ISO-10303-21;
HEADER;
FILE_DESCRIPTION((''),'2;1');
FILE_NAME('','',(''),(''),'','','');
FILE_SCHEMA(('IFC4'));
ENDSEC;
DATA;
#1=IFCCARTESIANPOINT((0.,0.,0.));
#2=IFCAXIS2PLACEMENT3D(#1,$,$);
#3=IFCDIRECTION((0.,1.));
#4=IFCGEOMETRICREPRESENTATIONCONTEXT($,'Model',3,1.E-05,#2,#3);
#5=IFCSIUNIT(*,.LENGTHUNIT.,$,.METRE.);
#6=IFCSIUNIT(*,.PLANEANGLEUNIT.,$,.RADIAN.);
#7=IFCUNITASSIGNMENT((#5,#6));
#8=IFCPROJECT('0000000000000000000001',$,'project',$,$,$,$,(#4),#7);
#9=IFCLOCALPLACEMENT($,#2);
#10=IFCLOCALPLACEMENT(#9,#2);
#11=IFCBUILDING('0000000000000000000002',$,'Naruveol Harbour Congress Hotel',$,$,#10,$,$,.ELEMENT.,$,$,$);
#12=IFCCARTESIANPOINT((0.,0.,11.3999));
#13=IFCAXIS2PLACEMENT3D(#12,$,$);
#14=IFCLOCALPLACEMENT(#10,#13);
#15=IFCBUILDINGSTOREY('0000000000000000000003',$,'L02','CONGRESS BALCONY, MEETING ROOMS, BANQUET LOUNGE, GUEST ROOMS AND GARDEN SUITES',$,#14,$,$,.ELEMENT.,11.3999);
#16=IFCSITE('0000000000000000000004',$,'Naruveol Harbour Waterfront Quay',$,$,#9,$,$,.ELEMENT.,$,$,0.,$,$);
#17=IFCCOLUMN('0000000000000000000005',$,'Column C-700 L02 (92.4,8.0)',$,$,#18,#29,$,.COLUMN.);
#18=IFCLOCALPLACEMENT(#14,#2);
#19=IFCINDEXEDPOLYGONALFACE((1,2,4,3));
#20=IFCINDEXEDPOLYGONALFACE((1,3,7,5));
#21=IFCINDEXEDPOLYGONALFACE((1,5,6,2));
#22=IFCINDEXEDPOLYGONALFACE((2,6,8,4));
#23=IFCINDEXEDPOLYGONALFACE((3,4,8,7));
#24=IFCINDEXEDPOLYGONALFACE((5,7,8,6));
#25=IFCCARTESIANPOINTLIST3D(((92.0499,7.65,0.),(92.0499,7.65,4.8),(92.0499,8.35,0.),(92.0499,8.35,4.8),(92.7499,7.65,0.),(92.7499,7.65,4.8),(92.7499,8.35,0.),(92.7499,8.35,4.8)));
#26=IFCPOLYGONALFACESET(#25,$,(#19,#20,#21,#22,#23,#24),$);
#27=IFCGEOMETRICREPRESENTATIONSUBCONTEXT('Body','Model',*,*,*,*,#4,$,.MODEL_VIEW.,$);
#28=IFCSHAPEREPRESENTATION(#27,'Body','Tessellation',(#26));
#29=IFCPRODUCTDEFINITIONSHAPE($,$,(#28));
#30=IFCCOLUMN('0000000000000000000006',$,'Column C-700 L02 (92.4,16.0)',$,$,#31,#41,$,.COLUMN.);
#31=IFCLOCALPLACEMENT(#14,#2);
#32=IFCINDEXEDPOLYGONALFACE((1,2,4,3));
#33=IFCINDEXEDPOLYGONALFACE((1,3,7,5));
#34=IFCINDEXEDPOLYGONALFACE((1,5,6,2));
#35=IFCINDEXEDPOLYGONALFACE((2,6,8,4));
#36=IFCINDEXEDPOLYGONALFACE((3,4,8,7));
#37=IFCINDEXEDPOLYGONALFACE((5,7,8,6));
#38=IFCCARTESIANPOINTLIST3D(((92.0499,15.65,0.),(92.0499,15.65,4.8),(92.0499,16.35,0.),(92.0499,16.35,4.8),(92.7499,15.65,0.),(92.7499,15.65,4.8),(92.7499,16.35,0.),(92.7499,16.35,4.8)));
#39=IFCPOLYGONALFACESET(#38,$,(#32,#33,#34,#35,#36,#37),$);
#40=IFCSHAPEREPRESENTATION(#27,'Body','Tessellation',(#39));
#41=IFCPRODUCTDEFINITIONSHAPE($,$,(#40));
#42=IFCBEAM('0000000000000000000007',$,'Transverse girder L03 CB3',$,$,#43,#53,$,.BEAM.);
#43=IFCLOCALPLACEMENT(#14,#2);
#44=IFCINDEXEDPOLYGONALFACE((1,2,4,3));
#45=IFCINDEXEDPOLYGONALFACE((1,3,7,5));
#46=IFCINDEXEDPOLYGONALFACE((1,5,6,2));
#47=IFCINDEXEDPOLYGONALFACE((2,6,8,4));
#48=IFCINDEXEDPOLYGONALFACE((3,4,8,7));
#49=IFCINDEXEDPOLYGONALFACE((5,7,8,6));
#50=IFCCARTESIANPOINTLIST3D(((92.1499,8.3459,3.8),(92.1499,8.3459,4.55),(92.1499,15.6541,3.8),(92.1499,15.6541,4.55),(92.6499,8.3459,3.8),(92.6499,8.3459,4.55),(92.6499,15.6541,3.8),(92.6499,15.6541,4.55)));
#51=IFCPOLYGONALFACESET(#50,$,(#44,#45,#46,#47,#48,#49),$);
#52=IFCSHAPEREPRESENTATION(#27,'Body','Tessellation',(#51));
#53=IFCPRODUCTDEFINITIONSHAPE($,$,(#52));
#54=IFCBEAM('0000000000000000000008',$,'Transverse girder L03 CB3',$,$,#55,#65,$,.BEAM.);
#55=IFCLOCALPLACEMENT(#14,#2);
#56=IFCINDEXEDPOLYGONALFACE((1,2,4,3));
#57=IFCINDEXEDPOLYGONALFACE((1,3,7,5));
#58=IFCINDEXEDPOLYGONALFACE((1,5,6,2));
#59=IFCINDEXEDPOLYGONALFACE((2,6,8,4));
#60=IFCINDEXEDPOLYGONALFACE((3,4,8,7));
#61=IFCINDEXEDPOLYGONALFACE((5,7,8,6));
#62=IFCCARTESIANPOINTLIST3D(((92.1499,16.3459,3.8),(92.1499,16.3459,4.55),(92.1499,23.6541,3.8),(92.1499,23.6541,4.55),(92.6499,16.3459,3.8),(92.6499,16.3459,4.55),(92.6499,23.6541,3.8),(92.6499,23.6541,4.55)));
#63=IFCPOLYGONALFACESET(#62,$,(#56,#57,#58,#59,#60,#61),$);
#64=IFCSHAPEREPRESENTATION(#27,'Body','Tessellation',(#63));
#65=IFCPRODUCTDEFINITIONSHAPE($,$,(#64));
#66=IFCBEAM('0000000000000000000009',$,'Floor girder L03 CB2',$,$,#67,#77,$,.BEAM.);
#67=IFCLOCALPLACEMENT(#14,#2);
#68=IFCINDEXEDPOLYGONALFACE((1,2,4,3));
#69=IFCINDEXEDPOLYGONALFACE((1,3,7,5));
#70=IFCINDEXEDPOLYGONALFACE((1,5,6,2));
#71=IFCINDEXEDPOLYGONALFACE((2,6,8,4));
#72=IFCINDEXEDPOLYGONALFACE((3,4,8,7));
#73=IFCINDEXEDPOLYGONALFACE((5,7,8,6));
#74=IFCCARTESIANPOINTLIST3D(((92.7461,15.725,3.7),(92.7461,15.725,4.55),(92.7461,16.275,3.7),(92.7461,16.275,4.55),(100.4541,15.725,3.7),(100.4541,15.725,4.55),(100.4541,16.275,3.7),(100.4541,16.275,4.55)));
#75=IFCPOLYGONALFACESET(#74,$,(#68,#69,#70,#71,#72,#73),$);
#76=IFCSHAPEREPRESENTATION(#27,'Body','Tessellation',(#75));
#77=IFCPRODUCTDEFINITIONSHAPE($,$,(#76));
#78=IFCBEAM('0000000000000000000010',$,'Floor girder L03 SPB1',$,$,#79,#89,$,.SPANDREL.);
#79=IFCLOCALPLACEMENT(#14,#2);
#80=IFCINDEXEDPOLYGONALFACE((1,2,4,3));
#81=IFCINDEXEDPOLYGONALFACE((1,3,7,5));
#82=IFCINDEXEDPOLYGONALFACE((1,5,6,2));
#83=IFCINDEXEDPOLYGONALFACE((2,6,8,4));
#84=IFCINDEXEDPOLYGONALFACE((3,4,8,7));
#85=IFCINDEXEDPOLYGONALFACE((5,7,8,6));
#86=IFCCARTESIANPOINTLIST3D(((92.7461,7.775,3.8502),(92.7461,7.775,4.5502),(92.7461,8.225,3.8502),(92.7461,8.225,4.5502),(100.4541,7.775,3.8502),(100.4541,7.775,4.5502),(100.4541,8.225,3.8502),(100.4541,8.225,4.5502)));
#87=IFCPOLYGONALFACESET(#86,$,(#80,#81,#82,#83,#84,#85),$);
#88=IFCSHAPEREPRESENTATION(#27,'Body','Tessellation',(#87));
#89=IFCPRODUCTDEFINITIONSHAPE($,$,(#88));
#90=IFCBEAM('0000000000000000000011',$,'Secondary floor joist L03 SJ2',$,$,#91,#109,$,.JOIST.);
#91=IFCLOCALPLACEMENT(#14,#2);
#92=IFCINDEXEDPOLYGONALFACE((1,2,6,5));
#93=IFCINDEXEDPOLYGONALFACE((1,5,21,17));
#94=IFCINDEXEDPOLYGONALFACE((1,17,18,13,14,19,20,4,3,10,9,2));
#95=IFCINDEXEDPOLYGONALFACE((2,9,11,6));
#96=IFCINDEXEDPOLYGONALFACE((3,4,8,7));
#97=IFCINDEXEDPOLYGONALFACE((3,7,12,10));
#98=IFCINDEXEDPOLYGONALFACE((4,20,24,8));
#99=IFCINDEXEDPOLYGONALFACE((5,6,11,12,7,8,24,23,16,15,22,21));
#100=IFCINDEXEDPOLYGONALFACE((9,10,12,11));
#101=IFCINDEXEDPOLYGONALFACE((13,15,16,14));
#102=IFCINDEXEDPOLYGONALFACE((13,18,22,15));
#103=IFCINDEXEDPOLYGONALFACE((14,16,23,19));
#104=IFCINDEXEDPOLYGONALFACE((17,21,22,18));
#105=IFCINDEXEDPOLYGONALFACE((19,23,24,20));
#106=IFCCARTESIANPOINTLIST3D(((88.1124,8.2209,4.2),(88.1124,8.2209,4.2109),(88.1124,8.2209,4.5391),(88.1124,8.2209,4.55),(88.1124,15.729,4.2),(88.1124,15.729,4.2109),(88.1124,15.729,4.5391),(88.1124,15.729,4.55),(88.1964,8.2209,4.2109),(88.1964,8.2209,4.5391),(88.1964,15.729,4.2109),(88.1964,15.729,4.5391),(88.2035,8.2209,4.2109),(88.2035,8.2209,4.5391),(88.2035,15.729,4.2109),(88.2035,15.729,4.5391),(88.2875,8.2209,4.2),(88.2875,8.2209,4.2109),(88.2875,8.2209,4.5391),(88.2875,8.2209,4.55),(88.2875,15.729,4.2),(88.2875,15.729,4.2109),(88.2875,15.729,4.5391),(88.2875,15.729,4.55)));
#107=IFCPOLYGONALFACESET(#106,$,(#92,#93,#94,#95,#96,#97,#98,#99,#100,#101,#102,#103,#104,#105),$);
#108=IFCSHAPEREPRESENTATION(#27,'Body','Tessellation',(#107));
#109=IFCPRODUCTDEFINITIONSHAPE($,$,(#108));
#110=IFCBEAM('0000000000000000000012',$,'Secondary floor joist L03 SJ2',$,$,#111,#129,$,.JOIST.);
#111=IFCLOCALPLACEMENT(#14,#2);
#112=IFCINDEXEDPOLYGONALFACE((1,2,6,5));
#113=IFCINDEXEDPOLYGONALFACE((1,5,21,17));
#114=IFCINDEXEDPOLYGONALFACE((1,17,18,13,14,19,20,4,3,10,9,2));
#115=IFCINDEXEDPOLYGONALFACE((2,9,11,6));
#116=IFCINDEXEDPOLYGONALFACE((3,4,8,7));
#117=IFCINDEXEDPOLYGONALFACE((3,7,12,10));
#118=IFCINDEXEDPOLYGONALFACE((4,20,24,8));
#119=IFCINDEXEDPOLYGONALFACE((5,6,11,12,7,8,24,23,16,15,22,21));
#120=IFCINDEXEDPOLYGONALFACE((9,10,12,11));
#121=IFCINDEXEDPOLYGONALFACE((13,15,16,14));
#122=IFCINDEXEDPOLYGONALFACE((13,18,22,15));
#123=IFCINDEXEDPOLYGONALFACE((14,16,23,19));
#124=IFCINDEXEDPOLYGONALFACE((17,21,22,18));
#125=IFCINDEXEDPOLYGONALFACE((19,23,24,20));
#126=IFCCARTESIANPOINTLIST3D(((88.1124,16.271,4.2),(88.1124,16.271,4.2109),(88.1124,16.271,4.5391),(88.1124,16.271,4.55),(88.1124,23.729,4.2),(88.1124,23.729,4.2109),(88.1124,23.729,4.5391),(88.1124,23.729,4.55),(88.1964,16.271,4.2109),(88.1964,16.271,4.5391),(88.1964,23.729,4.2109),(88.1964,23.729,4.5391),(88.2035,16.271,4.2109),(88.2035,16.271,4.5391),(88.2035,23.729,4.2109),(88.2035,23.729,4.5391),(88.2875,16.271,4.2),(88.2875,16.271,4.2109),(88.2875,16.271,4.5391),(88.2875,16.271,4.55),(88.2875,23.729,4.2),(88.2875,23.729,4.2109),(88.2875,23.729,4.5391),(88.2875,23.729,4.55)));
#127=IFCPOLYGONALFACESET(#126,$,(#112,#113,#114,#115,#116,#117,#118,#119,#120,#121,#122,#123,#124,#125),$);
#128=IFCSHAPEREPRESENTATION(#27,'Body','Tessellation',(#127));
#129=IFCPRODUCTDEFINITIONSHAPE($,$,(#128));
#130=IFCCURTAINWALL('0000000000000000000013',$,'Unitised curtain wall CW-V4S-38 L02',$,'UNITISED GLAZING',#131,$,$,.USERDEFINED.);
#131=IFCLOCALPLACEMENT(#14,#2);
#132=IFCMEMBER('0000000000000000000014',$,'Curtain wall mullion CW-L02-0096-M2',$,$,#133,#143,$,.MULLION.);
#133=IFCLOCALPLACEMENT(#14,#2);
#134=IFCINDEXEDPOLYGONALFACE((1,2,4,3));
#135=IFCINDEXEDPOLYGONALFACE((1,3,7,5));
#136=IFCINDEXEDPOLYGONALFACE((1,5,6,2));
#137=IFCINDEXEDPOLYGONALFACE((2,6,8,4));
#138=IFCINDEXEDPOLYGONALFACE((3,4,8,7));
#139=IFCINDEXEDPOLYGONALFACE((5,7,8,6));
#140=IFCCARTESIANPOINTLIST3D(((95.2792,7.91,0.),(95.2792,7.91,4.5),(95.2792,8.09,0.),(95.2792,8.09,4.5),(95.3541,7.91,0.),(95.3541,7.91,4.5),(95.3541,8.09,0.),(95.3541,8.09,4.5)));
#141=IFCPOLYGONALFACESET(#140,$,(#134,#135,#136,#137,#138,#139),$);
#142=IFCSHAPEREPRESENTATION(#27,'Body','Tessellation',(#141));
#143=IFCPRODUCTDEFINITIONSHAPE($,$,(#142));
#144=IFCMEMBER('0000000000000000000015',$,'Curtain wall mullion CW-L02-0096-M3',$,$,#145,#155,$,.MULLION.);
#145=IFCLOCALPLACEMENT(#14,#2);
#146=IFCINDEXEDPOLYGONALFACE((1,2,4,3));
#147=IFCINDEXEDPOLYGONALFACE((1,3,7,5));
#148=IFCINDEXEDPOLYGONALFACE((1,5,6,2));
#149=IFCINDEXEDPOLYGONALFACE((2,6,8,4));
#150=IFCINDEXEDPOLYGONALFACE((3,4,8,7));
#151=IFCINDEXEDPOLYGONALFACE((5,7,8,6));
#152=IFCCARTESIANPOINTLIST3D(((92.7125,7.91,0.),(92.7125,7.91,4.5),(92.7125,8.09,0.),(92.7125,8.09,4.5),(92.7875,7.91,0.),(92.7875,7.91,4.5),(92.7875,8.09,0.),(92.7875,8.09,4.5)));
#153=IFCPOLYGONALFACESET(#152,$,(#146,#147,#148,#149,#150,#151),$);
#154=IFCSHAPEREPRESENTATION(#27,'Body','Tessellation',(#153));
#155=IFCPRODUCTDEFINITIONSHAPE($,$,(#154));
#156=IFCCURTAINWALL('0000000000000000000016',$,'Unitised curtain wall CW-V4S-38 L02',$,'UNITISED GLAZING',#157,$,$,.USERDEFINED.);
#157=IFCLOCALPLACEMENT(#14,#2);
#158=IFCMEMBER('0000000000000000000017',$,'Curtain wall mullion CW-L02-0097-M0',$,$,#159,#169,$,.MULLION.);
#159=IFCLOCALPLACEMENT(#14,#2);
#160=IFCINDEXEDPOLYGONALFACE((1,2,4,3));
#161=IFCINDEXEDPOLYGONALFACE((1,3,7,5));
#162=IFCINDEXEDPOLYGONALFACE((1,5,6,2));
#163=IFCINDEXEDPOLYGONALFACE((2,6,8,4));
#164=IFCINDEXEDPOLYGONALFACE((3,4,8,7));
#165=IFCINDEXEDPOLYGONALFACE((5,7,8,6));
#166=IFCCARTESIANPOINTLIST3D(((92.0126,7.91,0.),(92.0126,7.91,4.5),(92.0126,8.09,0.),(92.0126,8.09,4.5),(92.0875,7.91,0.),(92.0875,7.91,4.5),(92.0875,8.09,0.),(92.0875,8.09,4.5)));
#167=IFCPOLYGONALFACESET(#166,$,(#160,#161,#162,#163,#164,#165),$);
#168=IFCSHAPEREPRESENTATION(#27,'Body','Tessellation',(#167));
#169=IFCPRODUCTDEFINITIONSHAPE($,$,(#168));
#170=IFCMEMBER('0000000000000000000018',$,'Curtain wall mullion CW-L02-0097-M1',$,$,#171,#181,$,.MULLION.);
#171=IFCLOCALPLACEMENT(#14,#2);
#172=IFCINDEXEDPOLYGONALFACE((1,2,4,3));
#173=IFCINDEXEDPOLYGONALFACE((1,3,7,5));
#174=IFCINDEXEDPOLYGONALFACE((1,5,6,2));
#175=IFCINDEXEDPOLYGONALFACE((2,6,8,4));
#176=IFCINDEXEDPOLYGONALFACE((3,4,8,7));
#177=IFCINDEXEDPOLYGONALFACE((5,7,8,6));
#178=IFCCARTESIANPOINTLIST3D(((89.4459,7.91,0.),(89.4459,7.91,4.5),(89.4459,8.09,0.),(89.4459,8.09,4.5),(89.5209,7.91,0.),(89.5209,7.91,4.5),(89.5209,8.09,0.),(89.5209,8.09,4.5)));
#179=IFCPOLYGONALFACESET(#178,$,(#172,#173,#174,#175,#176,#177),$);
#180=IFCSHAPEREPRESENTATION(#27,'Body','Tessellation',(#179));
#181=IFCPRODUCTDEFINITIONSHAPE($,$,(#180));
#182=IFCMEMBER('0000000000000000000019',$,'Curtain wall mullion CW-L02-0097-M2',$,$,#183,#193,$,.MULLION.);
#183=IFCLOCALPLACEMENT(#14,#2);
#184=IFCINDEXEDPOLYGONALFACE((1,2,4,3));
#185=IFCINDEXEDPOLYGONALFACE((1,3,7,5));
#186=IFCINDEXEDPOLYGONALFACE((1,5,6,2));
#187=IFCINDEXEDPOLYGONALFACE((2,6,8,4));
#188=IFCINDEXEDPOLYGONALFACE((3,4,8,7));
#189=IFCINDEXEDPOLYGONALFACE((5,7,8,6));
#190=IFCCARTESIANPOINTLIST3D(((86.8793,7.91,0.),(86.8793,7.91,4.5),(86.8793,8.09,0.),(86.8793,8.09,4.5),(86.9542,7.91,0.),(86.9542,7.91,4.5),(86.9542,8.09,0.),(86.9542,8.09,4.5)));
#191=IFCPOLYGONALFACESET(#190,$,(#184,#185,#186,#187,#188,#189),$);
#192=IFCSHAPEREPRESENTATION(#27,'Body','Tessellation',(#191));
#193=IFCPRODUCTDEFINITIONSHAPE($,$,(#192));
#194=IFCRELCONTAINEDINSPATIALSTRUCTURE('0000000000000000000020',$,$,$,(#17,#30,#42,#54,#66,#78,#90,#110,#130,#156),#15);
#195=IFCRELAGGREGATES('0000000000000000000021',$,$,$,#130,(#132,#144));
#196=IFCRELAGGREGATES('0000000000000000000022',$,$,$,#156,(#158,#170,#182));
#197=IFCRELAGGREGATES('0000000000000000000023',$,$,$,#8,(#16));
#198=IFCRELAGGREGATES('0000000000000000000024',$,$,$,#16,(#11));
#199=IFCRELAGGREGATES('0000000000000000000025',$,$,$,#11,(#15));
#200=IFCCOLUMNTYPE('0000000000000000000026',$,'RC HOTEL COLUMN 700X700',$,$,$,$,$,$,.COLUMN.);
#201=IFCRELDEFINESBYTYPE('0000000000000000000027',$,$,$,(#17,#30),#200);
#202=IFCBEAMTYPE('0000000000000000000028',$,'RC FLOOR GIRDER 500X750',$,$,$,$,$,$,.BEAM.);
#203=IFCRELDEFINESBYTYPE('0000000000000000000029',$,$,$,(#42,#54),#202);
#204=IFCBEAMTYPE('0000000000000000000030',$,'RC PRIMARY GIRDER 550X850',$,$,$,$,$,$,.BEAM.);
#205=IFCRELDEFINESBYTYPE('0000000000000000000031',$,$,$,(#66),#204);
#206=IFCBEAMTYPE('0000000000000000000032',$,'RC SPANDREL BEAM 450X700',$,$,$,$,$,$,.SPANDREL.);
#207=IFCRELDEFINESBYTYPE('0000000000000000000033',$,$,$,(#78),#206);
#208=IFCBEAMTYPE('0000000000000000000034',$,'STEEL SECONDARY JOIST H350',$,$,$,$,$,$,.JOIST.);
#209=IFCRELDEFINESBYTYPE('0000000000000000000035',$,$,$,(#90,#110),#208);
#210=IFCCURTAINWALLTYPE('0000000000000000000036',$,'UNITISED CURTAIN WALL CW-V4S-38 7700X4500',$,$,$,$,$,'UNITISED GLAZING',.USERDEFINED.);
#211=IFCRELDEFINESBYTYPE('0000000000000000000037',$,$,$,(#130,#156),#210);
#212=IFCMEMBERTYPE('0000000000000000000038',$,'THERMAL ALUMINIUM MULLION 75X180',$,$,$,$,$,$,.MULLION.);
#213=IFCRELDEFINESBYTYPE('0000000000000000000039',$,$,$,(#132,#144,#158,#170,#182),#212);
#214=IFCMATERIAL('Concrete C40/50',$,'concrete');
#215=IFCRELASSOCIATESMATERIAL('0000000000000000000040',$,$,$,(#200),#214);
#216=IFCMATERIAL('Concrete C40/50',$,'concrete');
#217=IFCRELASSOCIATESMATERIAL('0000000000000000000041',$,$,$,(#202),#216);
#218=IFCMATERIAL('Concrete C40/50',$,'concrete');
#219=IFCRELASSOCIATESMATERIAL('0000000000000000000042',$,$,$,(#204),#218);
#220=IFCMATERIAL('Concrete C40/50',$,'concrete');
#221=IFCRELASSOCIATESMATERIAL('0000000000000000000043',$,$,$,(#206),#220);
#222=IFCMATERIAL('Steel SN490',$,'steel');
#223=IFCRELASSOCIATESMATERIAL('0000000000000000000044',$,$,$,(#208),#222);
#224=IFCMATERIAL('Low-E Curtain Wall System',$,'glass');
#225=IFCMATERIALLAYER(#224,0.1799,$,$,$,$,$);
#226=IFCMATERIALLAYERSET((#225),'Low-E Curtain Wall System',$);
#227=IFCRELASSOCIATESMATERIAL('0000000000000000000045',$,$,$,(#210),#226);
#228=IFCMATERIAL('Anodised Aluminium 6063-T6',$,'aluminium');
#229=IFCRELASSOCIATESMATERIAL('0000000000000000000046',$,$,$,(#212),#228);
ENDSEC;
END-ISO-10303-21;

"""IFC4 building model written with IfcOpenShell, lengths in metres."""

from ifc_helpers import new_model, si_unit, direction, frame, origin, origin_2d, place, context, subcontext, project, spatial, rectangle, i_section, extrude, material, layer, layer_set, material_profile, profile_set, type_object, element, aggregate, save


model = new_model("IFC4")

# Units and contexts
model_context = context("Model", 3, precision=1e-05, world=origin(), true_north=direction((0.0, 1.0)))
body_context = subcontext(model_context, "Body", "Model", "MODEL_VIEW")
ifc_project = project(units=[si_unit("LENGTHUNIT", "METRE"), si_unit("PLANEANGLEUNIT", "RADIAN")], contexts=[model_context])

# Site, building, storey
site_placement = place(None, origin())
site = spatial("IfcSite", under=ifc_project, at=site_placement, Name="Naruveol Harbour Waterfront Quay", CompositionType="ELEMENT", RefElevation=0.0)
building_placement = place(site_placement, origin())
building = spatial("IfcBuilding", under=site, at=building_placement, Name="Naruveol Harbour Congress Hotel", CompositionType="ELEMENT")
storey_placement = place(building_placement, frame((0.0, 0.0, 11.3999)))
storey = spatial("IfcBuildingStorey", under=building, at=storey_placement, Name="L02", Description="CONGRESS BALCONY, MEETING ROOMS, BANQUET LOUNGE, GUEST ROOMS AND GARDEN SUITES", CompositionType="ELEMENT", Elevation=11.3999)

# Columns
ifc_material_1 = material(Name="Concrete C40/50", Category="concrete")
ifc_material_profile_1 = material_profile(ifc_material_1, rectangle(XDim=0.7, YDim=0.7, at=origin_2d()), Name="RC-700x700")
ifc_profile_set_1 = profile_set([ifc_material_profile_1], Name="Concrete C40/50")
column_type = type_object("IfcColumnType", Name="RC HOTEL COLUMN 700X700", PredefinedType="COLUMN", material=ifc_profile_set_1)
for number, where, z_axis, x_axis, name in (
    (1, (92.3999, 8.0, 0.0), (0.0, 0.0, 1.0), (1.0, 0.0, 0.0), "Column C-700 L02 (92.4,8.0)"),
    (2, (92.3999, 16.0, 0.0), (0.0, 0.0, 1.0), (1.0, 0.0, 0.0), "Column C-700 L02 (92.4,16.0)"),
):
    element("IfcColumn", number, at=place(storey_placement, frame(where, z_axis=z_axis, x_axis=x_axis)), inside=storey, type_object=column_type, Name=name, PredefinedType="COLUMN", context=body_context, shape_type="SweptSolid", body=[
        extrude(rectangle(XDim=0.7, YDim=0.7, at=origin_2d()), origin(), (0.0, 0.0, 1.0), 4.8),
    ])

# Beams
ifc_material_2 = material(Name="Concrete C40/50", Category="concrete")
ifc_material_profile_2 = material_profile(ifc_material_2, rectangle(XDim=0.5, YDim=0.75, at=origin_2d()), Name="RCB-500x750")
ifc_profile_set_2 = profile_set([ifc_material_profile_2], Name="Concrete C40/50")
beam_type_1 = type_object("IfcBeamType", Name="RC FLOOR GIRDER 500X750", PredefinedType="BEAM", material=ifc_profile_set_2)
for number, where, z_axis, x_axis, name in (
    (3, (92.3999, 8.3459, 4.175), (0.0, 1.0, 0.0), (-1.0, 0.0, 0.0), "Transverse girder L03 CB3"),
    (4, (92.3999, 16.3459, 4.175), (0.0, 1.0, 0.0), (-1.0, 0.0, 0.0), "Transverse girder L03 CB3"),
):
    element("IfcBeam", number, at=place(storey_placement, frame(where, z_axis=z_axis, x_axis=x_axis)), inside=storey, type_object=beam_type_1, Name=name, PredefinedType="BEAM", context=body_context, shape_type="SweptSolid", body=[
        extrude(rectangle(XDim=0.5, YDim=0.75, at=origin_2d()), origin(), (0.0, 0.0, 1.0), 7.3081),
    ])
ifc_material_3 = material(Name="Concrete C40/50", Category="concrete")
ifc_material_profile_3 = material_profile(ifc_material_3, rectangle(XDim=0.55, YDim=0.8501, at=origin_2d()), Name="RCB-550x850")
ifc_profile_set_3 = profile_set([ifc_material_profile_3], Name="Concrete C40/50")
beam_type_2 = type_object("IfcBeamType", Name="RC PRIMARY GIRDER 550X850", PredefinedType="BEAM", material=ifc_profile_set_3)
beam_1_placement = place(storey_placement, frame((92.7461, 16.0, 4.125), z_axis=(1.0, 0.0, 0.0), x_axis=(0.0, 1.0, 0.0)))
element("IfcBeam", 5, at=beam_1_placement, inside=storey, type_object=beam_type_2, Name="Floor girder L03 CB2", PredefinedType="BEAM", context=body_context, shape_type="SweptSolid", body=[
    extrude(rectangle(XDim=0.55, YDim=0.8501, at=origin_2d()), origin(), (0.0, 0.0, 1.0), 7.708),
])
ifc_material_4 = material(Name="Concrete C40/50", Category="concrete")
ifc_material_profile_4 = material_profile(ifc_material_4, rectangle(XDim=0.45, YDim=0.7, at=origin_2d()), Name="RCB-450x700")
ifc_profile_set_4 = profile_set([ifc_material_profile_4], Name="Concrete C40/50")
beam_type_3 = type_object("IfcBeamType", Name="RC SPANDREL BEAM 450X700", PredefinedType="SPANDREL", material=ifc_profile_set_4)
beam_2_placement = place(storey_placement, frame((92.7461, 8.0, 4.2002), z_axis=(1.0, 0.0, 0.0), x_axis=(0.0, 1.0, 0.0)))
element("IfcBeam", 6, at=beam_2_placement, inside=storey, type_object=beam_type_3, Name="Floor girder L03 SPB1", PredefinedType="SPANDREL", context=body_context, shape_type="SweptSolid", body=[
    extrude(rectangle(XDim=0.45, YDim=0.7, at=origin_2d()), origin(), (0.0, 0.0, 1.0), 7.708),
])
ifc_material_5 = material(Name="Steel SN490", Category="steel")
ifc_material_profile_5 = material_profile(ifc_material_5, i_section(OverallWidth=0.175, OverallDepth=0.3501, WebThickness=0.0071, FlangeThickness=0.011, at=origin_2d()), Name="H-350x175x7x11")
ifc_profile_set_5 = profile_set([ifc_material_profile_5], Name="Steel SN490")
beam_type_4 = type_object("IfcBeamType", Name="STEEL SECONDARY JOIST H350", PredefinedType="JOIST", material=ifc_profile_set_5)
beam_3_placement = place(storey_placement, frame((88.2, 8.2209, 4.375), z_axis=(0.0, 1.0, 0.0), x_axis=(-1.0, 0.0, 0.0)))
element("IfcBeam", 7, at=beam_3_placement, inside=storey, type_object=beam_type_4, Name="Secondary floor joist L03 SJ2", PredefinedType="JOIST", context=body_context, shape_type="SweptSolid", body=[
    extrude(i_section(OverallWidth=0.175, OverallDepth=0.3501, WebThickness=0.0071, FlangeThickness=0.011, at=origin_2d()), origin(), (0.0, 0.0, 1.0), 7.5081),
])
beam_4_placement = place(storey_placement, frame((88.2, 16.271, 4.375), z_axis=(0.0, 1.0, 0.0), x_axis=(-1.0, 0.0, 0.0)))
element("IfcBeam", 8, at=beam_4_placement, inside=storey, type_object=beam_type_4, Name="Secondary floor joist L03 SJ2", PredefinedType="JOIST", context=body_context, shape_type="SweptSolid", body=[
    extrude(i_section(OverallWidth=0.175, OverallDepth=0.3501, WebThickness=0.0071, FlangeThickness=0.011, at=origin_2d()), origin(), (0.0, 0.0, 1.0), 7.458),
])

# Curtain walls, members
ifc_material_6 = material(Name="Low-E Curtain Wall System", Category="glass")
ifc_layer_1 = layer(ifc_material_6, 0.1799)
ifc_layer_set_1 = layer_set([ifc_layer_1], Name="Low-E Curtain Wall System")
curtain_wall_type = type_object("IfcCurtainWallType", Name="UNITISED CURTAIN WALL CW-V4S-38 7700X4500", ElementType="UNITISED GLAZING", PredefinedType="USERDEFINED", material=ifc_layer_set_1)
curtain_wall_1_placement = place(storey_placement, origin())
curtain_wall_1 = element("IfcCurtainWall", 9, at=curtain_wall_1_placement, inside=storey, type_object=curtain_wall_type, Name="Unitised curtain wall CW-V4S-38 L02", ObjectType="UNITISED GLAZING", PredefinedType="USERDEFINED")
ifc_material_7 = material(Name="Anodised Aluminium 6063-T6", Category="aluminium")
ifc_material_profile_6 = material_profile(ifc_material_7, rectangle(XDim=0.075, YDim=0.1799, at=origin_2d()), Name="ALU-75x180")
ifc_profile_set_6 = profile_set([ifc_material_profile_6], Name="Anodised Aluminium 6063-T6")
member_type_1 = type_object("IfcMemberType", Name="THERMAL ALUMINIUM MULLION 75X180", PredefinedType="MULLION", material=ifc_profile_set_6)
member_1_placement = place(storey_placement, frame((95.3167, 8.0, 0.0), z_axis=(0.0, 0.0, 1.0), x_axis=(1.0, 0.0, 0.0)))
member_1 = element("IfcMember", 10, at=member_1_placement, type_object=member_type_1, Name="Curtain wall mullion CW-L02-0096-M2", PredefinedType="MULLION", context=body_context, shape_type="SweptSolid", body=[
    extrude(rectangle(XDim=0.075, YDim=0.1799, at=origin_2d()), origin(), (0.0, 0.0, 1.0), 4.5),
])
member_2_placement = place(storey_placement, frame((92.75, 8.0, 0.0), z_axis=(0.0, 0.0, 1.0), x_axis=(1.0, 0.0, 0.0)))
member_2 = element("IfcMember", 11, at=member_2_placement, type_object=member_type_1, Name="Curtain wall mullion CW-L02-0096-M3", PredefinedType="MULLION", context=body_context, shape_type="SweptSolid", body=[
    extrude(rectangle(XDim=0.075, YDim=0.1799, at=origin_2d()), origin(), (0.0, 0.0, 1.0), 4.5),
])
curtain_wall_2_placement = place(storey_placement, origin())
curtain_wall_2 = element("IfcCurtainWall", 12, at=curtain_wall_2_placement, inside=storey, type_object=curtain_wall_type, Name="Unitised curtain wall CW-V4S-38 L02", ObjectType="UNITISED GLAZING", PredefinedType="USERDEFINED")
member_3_placement = place(storey_placement, frame((92.05, 8.0, 0.0), z_axis=(0.0, 0.0, 1.0), x_axis=(1.0, 0.0, 0.0)))
member_3 = element("IfcMember", 13, at=member_3_placement, type_object=member_type_1, Name="Curtain wall mullion CW-L02-0097-M0", PredefinedType="MULLION", context=body_context, shape_type="SweptSolid", body=[
    extrude(rectangle(XDim=0.075, YDim=0.1799, at=origin_2d()), origin(), (0.0, 0.0, 1.0), 4.5),
])
member_4_placement = place(storey_placement, frame((89.4834, 8.0, 0.0), z_axis=(0.0, 0.0, 1.0), x_axis=(1.0, 0.0, 0.0)))
member_4 = element("IfcMember", 14, at=member_4_placement, type_object=member_type_1, Name="Curtain wall mullion CW-L02-0097-M1", PredefinedType="MULLION", context=body_context, shape_type="SweptSolid", body=[
    extrude(rectangle(XDim=0.075, YDim=0.1799, at=origin_2d()), origin(), (0.0, 0.0, 1.0), 4.5),
])
member_5_placement = place(storey_placement, frame((86.9167, 8.0, 0.0), z_axis=(0.0, 0.0, 1.0), x_axis=(1.0, 0.0, 0.0)))
member_5 = element("IfcMember", 15, at=member_5_placement, type_object=member_type_1, Name="Curtain wall mullion CW-L02-0097-M2", PredefinedType="MULLION", context=body_context, shape_type="SweptSolid", body=[
    extrude(rectangle(XDim=0.075, YDim=0.1799, at=origin_2d()), origin(), (0.0, 0.0, 1.0), 4.5),
])

aggregate(curtain_wall_1, [member_1, member_2])
aggregate(curtain_wall_2, [member_3, member_4, member_5])

save(model, "model.ifc")
